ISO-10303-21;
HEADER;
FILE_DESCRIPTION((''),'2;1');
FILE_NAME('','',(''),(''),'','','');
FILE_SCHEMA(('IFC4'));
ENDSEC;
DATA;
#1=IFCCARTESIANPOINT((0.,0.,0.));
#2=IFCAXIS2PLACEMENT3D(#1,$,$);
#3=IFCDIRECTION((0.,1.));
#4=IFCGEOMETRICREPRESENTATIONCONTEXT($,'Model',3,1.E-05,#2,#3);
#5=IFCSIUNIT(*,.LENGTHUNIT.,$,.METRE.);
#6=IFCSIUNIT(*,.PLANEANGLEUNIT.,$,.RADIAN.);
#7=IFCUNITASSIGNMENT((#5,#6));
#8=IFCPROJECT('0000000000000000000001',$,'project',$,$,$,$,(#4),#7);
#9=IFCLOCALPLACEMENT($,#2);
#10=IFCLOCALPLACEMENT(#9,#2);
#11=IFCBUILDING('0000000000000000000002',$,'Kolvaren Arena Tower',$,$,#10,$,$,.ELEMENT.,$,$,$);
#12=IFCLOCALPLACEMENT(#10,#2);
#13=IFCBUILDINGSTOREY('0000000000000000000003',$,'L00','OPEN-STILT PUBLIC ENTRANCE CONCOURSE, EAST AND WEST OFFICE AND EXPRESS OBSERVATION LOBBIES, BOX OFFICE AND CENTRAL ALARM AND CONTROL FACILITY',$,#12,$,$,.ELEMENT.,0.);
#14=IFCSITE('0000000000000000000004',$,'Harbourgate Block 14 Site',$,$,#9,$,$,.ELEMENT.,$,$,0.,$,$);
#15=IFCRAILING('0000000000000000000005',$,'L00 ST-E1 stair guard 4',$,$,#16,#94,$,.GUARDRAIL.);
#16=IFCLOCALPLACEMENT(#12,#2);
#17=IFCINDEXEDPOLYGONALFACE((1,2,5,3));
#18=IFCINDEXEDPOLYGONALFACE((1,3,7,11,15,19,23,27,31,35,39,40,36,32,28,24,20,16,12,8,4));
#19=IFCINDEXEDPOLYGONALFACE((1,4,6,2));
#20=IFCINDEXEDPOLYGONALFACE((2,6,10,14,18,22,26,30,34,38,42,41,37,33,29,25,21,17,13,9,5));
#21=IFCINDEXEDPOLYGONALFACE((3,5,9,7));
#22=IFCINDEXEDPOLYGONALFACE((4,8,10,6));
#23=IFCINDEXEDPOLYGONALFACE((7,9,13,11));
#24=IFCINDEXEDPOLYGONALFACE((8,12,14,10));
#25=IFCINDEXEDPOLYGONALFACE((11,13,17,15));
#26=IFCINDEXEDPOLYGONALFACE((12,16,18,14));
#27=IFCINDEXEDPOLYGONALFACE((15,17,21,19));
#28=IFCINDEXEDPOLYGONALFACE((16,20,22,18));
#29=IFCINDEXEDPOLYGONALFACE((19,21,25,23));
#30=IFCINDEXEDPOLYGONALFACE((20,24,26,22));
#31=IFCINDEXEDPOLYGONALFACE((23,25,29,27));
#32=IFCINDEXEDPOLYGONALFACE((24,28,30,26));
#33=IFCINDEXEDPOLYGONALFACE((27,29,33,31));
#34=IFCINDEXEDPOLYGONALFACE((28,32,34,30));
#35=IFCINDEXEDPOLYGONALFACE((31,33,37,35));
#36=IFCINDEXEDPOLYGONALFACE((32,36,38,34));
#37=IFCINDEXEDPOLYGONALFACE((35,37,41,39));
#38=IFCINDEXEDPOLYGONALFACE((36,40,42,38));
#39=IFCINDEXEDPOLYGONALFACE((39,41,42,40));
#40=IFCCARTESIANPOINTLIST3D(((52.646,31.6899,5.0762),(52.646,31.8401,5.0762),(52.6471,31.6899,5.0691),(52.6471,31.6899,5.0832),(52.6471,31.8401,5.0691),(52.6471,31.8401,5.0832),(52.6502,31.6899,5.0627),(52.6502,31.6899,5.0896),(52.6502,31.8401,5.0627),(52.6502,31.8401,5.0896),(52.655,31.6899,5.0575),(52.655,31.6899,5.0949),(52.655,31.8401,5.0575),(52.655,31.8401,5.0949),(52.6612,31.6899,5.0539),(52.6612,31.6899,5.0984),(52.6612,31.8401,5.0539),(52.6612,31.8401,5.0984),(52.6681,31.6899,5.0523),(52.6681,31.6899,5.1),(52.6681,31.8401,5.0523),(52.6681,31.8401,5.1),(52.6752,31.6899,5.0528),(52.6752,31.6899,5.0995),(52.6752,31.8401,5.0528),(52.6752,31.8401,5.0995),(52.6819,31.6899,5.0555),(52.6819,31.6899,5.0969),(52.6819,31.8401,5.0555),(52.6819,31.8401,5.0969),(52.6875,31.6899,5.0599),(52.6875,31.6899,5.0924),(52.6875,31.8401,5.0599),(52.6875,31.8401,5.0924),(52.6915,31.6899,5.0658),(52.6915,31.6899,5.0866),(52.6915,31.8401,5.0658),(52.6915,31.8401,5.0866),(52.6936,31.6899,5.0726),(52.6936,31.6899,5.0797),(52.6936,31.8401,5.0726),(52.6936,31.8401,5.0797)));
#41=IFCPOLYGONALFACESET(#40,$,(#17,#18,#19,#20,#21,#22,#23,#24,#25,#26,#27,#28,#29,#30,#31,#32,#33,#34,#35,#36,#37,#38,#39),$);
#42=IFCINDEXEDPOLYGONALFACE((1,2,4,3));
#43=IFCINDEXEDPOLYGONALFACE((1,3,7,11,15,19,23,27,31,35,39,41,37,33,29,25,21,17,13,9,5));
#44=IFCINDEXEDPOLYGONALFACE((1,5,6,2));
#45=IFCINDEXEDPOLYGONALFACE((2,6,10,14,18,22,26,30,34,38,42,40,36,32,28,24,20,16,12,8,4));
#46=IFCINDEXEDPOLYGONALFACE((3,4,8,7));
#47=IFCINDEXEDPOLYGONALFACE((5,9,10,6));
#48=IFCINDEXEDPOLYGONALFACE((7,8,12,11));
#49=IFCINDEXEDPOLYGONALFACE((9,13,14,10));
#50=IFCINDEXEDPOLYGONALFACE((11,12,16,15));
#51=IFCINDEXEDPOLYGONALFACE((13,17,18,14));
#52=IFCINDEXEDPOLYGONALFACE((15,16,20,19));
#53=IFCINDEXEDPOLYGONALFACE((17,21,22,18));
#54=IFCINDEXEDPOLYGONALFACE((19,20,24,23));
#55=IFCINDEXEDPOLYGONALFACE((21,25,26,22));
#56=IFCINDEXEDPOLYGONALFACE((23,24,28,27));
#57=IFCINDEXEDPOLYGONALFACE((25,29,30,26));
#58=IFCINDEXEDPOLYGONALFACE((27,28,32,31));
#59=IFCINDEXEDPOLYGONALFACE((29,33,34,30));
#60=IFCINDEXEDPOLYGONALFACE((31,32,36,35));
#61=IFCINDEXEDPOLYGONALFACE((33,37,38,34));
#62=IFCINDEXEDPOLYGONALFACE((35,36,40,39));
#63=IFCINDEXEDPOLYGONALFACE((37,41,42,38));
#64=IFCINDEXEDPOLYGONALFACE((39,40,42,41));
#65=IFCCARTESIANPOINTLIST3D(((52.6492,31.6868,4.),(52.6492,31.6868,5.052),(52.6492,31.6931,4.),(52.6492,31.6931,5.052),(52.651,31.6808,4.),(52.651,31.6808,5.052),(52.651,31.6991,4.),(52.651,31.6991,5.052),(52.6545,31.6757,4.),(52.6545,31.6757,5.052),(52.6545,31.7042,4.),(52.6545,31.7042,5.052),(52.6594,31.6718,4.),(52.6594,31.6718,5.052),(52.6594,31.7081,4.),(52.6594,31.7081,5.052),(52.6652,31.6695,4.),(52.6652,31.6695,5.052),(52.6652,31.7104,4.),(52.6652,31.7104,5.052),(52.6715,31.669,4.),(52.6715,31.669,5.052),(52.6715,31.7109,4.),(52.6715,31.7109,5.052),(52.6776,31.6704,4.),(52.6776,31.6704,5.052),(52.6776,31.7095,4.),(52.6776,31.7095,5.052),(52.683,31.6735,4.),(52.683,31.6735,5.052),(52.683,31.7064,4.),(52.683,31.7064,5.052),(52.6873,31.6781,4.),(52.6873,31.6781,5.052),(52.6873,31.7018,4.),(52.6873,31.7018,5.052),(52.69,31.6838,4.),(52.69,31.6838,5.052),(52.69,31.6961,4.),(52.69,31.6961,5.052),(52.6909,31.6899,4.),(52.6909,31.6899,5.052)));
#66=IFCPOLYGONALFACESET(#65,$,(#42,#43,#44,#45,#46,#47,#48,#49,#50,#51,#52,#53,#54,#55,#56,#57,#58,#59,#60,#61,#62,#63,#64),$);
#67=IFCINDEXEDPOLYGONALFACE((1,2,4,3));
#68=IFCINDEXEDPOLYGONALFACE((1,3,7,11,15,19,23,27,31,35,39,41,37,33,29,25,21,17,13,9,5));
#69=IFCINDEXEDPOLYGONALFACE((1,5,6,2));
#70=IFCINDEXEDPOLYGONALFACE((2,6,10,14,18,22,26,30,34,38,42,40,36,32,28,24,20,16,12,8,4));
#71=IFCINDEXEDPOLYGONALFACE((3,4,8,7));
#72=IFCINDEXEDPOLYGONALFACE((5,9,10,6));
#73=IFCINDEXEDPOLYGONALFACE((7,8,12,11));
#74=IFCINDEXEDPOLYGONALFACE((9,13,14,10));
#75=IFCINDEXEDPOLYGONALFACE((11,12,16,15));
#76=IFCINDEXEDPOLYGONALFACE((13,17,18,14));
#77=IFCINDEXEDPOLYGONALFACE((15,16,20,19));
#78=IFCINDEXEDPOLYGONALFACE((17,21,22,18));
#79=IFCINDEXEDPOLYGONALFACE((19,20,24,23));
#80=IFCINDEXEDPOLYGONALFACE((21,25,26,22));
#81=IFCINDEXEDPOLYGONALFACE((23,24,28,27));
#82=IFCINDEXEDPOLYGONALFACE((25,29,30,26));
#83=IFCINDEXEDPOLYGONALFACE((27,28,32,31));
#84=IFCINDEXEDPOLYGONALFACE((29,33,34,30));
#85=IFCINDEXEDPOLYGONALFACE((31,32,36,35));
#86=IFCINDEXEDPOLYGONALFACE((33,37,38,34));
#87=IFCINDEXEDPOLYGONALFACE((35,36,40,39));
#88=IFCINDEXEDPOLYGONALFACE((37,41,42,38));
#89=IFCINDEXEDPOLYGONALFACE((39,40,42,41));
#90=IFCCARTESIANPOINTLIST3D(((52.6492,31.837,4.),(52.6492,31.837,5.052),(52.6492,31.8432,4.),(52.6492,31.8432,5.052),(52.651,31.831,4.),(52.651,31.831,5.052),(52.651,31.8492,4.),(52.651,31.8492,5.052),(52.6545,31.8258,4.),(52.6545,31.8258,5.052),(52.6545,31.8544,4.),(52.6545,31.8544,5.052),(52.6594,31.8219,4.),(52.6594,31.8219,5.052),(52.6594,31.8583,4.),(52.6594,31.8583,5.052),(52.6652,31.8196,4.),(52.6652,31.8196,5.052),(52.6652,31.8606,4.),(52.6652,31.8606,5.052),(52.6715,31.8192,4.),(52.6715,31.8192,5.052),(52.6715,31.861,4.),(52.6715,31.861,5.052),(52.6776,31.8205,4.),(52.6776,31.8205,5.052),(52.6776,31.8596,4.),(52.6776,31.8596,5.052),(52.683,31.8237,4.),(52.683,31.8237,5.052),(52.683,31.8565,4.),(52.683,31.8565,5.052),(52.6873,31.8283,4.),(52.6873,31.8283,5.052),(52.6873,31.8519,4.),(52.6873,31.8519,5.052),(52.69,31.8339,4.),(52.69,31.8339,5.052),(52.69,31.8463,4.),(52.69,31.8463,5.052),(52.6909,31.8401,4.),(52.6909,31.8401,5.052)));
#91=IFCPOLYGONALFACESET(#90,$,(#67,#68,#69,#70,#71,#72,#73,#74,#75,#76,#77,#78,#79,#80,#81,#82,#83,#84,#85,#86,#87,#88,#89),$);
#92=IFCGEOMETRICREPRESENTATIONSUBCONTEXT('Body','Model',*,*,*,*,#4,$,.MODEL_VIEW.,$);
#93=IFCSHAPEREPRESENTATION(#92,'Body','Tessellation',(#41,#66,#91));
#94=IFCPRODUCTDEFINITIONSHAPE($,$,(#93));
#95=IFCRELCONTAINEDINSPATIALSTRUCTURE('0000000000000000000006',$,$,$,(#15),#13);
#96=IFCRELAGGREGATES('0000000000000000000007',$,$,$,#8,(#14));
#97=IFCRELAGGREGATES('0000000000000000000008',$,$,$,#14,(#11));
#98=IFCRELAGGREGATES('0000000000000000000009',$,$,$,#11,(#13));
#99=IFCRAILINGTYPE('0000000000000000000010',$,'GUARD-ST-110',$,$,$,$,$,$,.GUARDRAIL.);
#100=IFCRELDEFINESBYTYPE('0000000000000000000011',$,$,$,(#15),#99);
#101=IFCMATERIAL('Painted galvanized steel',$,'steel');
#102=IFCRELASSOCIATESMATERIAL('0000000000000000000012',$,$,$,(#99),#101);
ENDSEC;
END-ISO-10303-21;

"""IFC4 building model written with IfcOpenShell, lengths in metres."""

from ifc_helpers import new_model, si_unit, direction, frame, origin, origin_2d, place, context, subcontext, project, spatial, circle, extrude, material, type_object, element, save


model = new_model("IFC4")

# Units and contexts
model_context = context("Model", 3, precision=1e-05, world=origin(), true_north=direction((0.0, 1.0)))
body_context = subcontext(model_context, "Body", "Model", "MODEL_VIEW")
ifc_project = project(units=[si_unit("LENGTHUNIT", "METRE"), si_unit("PLANEANGLEUNIT", "RADIAN")], contexts=[model_context])

# Site, building, storey
site_placement = place(None, origin())
site = spatial("IfcSite", under=ifc_project, at=site_placement, Name="Harbourgate Block 14 Site", CompositionType="ELEMENT", RefElevation=0.0)
building_placement = place(site_placement, origin())
building = spatial("IfcBuilding", under=site, at=building_placement, Name="Kolvaren Arena Tower", CompositionType="ELEMENT")
storey_placement = place(building_placement, origin())
storey = spatial("IfcBuildingStorey", under=building, at=storey_placement, Name="L00", Description="OPEN-STILT PUBLIC ENTRANCE CONCOURSE, EAST AND WEST OFFICE AND EXPRESS OBSERVATION LOBBIES, BOX OFFICE AND CENTRAL ALARM AND CONTROL FACILITY", CompositionType="ELEMENT", Elevation=0.0)

# Railing
ifc_material_1 = material(Name="Painted galvanized steel", Category="steel")
railing_type_1 = type_object("IfcRailingType", Name="GUARD-ST-110", PredefinedType="GUARDRAIL", material=ifc_material_1)
railing_1_placement = place(storey_placement, frame((52.6699, 31.6899, 4.0)))
element("IfcRailing", 1, at=railing_1_placement, inside=storey, type_object=railing_type_1, Name="L00 ST-E1 stair guard 4", PredefinedType="GUARDRAIL", context=body_context, shape_type="SweptSolid", body=[
    extrude(circle(Radius=0.0239, at=origin_2d()), frame((0.0, 0.0, 1.0762), z_axis=(0.0, 1.0, 0.0), x_axis=(-1.0, 0.0, 0.0)), (0.0, 0.0, 1.0), 0.1501),
    extrude(circle(Radius=0.021, at=origin_2d()), origin(), (0.0, 0.0, 1.0), 1.052),
    extrude(circle(Radius=0.021, at=origin_2d()), frame((0.0, 0.1501, 0.0)), (0.0, 0.0, 1.0), 1.052),
])

save(model, "model.ifc")
